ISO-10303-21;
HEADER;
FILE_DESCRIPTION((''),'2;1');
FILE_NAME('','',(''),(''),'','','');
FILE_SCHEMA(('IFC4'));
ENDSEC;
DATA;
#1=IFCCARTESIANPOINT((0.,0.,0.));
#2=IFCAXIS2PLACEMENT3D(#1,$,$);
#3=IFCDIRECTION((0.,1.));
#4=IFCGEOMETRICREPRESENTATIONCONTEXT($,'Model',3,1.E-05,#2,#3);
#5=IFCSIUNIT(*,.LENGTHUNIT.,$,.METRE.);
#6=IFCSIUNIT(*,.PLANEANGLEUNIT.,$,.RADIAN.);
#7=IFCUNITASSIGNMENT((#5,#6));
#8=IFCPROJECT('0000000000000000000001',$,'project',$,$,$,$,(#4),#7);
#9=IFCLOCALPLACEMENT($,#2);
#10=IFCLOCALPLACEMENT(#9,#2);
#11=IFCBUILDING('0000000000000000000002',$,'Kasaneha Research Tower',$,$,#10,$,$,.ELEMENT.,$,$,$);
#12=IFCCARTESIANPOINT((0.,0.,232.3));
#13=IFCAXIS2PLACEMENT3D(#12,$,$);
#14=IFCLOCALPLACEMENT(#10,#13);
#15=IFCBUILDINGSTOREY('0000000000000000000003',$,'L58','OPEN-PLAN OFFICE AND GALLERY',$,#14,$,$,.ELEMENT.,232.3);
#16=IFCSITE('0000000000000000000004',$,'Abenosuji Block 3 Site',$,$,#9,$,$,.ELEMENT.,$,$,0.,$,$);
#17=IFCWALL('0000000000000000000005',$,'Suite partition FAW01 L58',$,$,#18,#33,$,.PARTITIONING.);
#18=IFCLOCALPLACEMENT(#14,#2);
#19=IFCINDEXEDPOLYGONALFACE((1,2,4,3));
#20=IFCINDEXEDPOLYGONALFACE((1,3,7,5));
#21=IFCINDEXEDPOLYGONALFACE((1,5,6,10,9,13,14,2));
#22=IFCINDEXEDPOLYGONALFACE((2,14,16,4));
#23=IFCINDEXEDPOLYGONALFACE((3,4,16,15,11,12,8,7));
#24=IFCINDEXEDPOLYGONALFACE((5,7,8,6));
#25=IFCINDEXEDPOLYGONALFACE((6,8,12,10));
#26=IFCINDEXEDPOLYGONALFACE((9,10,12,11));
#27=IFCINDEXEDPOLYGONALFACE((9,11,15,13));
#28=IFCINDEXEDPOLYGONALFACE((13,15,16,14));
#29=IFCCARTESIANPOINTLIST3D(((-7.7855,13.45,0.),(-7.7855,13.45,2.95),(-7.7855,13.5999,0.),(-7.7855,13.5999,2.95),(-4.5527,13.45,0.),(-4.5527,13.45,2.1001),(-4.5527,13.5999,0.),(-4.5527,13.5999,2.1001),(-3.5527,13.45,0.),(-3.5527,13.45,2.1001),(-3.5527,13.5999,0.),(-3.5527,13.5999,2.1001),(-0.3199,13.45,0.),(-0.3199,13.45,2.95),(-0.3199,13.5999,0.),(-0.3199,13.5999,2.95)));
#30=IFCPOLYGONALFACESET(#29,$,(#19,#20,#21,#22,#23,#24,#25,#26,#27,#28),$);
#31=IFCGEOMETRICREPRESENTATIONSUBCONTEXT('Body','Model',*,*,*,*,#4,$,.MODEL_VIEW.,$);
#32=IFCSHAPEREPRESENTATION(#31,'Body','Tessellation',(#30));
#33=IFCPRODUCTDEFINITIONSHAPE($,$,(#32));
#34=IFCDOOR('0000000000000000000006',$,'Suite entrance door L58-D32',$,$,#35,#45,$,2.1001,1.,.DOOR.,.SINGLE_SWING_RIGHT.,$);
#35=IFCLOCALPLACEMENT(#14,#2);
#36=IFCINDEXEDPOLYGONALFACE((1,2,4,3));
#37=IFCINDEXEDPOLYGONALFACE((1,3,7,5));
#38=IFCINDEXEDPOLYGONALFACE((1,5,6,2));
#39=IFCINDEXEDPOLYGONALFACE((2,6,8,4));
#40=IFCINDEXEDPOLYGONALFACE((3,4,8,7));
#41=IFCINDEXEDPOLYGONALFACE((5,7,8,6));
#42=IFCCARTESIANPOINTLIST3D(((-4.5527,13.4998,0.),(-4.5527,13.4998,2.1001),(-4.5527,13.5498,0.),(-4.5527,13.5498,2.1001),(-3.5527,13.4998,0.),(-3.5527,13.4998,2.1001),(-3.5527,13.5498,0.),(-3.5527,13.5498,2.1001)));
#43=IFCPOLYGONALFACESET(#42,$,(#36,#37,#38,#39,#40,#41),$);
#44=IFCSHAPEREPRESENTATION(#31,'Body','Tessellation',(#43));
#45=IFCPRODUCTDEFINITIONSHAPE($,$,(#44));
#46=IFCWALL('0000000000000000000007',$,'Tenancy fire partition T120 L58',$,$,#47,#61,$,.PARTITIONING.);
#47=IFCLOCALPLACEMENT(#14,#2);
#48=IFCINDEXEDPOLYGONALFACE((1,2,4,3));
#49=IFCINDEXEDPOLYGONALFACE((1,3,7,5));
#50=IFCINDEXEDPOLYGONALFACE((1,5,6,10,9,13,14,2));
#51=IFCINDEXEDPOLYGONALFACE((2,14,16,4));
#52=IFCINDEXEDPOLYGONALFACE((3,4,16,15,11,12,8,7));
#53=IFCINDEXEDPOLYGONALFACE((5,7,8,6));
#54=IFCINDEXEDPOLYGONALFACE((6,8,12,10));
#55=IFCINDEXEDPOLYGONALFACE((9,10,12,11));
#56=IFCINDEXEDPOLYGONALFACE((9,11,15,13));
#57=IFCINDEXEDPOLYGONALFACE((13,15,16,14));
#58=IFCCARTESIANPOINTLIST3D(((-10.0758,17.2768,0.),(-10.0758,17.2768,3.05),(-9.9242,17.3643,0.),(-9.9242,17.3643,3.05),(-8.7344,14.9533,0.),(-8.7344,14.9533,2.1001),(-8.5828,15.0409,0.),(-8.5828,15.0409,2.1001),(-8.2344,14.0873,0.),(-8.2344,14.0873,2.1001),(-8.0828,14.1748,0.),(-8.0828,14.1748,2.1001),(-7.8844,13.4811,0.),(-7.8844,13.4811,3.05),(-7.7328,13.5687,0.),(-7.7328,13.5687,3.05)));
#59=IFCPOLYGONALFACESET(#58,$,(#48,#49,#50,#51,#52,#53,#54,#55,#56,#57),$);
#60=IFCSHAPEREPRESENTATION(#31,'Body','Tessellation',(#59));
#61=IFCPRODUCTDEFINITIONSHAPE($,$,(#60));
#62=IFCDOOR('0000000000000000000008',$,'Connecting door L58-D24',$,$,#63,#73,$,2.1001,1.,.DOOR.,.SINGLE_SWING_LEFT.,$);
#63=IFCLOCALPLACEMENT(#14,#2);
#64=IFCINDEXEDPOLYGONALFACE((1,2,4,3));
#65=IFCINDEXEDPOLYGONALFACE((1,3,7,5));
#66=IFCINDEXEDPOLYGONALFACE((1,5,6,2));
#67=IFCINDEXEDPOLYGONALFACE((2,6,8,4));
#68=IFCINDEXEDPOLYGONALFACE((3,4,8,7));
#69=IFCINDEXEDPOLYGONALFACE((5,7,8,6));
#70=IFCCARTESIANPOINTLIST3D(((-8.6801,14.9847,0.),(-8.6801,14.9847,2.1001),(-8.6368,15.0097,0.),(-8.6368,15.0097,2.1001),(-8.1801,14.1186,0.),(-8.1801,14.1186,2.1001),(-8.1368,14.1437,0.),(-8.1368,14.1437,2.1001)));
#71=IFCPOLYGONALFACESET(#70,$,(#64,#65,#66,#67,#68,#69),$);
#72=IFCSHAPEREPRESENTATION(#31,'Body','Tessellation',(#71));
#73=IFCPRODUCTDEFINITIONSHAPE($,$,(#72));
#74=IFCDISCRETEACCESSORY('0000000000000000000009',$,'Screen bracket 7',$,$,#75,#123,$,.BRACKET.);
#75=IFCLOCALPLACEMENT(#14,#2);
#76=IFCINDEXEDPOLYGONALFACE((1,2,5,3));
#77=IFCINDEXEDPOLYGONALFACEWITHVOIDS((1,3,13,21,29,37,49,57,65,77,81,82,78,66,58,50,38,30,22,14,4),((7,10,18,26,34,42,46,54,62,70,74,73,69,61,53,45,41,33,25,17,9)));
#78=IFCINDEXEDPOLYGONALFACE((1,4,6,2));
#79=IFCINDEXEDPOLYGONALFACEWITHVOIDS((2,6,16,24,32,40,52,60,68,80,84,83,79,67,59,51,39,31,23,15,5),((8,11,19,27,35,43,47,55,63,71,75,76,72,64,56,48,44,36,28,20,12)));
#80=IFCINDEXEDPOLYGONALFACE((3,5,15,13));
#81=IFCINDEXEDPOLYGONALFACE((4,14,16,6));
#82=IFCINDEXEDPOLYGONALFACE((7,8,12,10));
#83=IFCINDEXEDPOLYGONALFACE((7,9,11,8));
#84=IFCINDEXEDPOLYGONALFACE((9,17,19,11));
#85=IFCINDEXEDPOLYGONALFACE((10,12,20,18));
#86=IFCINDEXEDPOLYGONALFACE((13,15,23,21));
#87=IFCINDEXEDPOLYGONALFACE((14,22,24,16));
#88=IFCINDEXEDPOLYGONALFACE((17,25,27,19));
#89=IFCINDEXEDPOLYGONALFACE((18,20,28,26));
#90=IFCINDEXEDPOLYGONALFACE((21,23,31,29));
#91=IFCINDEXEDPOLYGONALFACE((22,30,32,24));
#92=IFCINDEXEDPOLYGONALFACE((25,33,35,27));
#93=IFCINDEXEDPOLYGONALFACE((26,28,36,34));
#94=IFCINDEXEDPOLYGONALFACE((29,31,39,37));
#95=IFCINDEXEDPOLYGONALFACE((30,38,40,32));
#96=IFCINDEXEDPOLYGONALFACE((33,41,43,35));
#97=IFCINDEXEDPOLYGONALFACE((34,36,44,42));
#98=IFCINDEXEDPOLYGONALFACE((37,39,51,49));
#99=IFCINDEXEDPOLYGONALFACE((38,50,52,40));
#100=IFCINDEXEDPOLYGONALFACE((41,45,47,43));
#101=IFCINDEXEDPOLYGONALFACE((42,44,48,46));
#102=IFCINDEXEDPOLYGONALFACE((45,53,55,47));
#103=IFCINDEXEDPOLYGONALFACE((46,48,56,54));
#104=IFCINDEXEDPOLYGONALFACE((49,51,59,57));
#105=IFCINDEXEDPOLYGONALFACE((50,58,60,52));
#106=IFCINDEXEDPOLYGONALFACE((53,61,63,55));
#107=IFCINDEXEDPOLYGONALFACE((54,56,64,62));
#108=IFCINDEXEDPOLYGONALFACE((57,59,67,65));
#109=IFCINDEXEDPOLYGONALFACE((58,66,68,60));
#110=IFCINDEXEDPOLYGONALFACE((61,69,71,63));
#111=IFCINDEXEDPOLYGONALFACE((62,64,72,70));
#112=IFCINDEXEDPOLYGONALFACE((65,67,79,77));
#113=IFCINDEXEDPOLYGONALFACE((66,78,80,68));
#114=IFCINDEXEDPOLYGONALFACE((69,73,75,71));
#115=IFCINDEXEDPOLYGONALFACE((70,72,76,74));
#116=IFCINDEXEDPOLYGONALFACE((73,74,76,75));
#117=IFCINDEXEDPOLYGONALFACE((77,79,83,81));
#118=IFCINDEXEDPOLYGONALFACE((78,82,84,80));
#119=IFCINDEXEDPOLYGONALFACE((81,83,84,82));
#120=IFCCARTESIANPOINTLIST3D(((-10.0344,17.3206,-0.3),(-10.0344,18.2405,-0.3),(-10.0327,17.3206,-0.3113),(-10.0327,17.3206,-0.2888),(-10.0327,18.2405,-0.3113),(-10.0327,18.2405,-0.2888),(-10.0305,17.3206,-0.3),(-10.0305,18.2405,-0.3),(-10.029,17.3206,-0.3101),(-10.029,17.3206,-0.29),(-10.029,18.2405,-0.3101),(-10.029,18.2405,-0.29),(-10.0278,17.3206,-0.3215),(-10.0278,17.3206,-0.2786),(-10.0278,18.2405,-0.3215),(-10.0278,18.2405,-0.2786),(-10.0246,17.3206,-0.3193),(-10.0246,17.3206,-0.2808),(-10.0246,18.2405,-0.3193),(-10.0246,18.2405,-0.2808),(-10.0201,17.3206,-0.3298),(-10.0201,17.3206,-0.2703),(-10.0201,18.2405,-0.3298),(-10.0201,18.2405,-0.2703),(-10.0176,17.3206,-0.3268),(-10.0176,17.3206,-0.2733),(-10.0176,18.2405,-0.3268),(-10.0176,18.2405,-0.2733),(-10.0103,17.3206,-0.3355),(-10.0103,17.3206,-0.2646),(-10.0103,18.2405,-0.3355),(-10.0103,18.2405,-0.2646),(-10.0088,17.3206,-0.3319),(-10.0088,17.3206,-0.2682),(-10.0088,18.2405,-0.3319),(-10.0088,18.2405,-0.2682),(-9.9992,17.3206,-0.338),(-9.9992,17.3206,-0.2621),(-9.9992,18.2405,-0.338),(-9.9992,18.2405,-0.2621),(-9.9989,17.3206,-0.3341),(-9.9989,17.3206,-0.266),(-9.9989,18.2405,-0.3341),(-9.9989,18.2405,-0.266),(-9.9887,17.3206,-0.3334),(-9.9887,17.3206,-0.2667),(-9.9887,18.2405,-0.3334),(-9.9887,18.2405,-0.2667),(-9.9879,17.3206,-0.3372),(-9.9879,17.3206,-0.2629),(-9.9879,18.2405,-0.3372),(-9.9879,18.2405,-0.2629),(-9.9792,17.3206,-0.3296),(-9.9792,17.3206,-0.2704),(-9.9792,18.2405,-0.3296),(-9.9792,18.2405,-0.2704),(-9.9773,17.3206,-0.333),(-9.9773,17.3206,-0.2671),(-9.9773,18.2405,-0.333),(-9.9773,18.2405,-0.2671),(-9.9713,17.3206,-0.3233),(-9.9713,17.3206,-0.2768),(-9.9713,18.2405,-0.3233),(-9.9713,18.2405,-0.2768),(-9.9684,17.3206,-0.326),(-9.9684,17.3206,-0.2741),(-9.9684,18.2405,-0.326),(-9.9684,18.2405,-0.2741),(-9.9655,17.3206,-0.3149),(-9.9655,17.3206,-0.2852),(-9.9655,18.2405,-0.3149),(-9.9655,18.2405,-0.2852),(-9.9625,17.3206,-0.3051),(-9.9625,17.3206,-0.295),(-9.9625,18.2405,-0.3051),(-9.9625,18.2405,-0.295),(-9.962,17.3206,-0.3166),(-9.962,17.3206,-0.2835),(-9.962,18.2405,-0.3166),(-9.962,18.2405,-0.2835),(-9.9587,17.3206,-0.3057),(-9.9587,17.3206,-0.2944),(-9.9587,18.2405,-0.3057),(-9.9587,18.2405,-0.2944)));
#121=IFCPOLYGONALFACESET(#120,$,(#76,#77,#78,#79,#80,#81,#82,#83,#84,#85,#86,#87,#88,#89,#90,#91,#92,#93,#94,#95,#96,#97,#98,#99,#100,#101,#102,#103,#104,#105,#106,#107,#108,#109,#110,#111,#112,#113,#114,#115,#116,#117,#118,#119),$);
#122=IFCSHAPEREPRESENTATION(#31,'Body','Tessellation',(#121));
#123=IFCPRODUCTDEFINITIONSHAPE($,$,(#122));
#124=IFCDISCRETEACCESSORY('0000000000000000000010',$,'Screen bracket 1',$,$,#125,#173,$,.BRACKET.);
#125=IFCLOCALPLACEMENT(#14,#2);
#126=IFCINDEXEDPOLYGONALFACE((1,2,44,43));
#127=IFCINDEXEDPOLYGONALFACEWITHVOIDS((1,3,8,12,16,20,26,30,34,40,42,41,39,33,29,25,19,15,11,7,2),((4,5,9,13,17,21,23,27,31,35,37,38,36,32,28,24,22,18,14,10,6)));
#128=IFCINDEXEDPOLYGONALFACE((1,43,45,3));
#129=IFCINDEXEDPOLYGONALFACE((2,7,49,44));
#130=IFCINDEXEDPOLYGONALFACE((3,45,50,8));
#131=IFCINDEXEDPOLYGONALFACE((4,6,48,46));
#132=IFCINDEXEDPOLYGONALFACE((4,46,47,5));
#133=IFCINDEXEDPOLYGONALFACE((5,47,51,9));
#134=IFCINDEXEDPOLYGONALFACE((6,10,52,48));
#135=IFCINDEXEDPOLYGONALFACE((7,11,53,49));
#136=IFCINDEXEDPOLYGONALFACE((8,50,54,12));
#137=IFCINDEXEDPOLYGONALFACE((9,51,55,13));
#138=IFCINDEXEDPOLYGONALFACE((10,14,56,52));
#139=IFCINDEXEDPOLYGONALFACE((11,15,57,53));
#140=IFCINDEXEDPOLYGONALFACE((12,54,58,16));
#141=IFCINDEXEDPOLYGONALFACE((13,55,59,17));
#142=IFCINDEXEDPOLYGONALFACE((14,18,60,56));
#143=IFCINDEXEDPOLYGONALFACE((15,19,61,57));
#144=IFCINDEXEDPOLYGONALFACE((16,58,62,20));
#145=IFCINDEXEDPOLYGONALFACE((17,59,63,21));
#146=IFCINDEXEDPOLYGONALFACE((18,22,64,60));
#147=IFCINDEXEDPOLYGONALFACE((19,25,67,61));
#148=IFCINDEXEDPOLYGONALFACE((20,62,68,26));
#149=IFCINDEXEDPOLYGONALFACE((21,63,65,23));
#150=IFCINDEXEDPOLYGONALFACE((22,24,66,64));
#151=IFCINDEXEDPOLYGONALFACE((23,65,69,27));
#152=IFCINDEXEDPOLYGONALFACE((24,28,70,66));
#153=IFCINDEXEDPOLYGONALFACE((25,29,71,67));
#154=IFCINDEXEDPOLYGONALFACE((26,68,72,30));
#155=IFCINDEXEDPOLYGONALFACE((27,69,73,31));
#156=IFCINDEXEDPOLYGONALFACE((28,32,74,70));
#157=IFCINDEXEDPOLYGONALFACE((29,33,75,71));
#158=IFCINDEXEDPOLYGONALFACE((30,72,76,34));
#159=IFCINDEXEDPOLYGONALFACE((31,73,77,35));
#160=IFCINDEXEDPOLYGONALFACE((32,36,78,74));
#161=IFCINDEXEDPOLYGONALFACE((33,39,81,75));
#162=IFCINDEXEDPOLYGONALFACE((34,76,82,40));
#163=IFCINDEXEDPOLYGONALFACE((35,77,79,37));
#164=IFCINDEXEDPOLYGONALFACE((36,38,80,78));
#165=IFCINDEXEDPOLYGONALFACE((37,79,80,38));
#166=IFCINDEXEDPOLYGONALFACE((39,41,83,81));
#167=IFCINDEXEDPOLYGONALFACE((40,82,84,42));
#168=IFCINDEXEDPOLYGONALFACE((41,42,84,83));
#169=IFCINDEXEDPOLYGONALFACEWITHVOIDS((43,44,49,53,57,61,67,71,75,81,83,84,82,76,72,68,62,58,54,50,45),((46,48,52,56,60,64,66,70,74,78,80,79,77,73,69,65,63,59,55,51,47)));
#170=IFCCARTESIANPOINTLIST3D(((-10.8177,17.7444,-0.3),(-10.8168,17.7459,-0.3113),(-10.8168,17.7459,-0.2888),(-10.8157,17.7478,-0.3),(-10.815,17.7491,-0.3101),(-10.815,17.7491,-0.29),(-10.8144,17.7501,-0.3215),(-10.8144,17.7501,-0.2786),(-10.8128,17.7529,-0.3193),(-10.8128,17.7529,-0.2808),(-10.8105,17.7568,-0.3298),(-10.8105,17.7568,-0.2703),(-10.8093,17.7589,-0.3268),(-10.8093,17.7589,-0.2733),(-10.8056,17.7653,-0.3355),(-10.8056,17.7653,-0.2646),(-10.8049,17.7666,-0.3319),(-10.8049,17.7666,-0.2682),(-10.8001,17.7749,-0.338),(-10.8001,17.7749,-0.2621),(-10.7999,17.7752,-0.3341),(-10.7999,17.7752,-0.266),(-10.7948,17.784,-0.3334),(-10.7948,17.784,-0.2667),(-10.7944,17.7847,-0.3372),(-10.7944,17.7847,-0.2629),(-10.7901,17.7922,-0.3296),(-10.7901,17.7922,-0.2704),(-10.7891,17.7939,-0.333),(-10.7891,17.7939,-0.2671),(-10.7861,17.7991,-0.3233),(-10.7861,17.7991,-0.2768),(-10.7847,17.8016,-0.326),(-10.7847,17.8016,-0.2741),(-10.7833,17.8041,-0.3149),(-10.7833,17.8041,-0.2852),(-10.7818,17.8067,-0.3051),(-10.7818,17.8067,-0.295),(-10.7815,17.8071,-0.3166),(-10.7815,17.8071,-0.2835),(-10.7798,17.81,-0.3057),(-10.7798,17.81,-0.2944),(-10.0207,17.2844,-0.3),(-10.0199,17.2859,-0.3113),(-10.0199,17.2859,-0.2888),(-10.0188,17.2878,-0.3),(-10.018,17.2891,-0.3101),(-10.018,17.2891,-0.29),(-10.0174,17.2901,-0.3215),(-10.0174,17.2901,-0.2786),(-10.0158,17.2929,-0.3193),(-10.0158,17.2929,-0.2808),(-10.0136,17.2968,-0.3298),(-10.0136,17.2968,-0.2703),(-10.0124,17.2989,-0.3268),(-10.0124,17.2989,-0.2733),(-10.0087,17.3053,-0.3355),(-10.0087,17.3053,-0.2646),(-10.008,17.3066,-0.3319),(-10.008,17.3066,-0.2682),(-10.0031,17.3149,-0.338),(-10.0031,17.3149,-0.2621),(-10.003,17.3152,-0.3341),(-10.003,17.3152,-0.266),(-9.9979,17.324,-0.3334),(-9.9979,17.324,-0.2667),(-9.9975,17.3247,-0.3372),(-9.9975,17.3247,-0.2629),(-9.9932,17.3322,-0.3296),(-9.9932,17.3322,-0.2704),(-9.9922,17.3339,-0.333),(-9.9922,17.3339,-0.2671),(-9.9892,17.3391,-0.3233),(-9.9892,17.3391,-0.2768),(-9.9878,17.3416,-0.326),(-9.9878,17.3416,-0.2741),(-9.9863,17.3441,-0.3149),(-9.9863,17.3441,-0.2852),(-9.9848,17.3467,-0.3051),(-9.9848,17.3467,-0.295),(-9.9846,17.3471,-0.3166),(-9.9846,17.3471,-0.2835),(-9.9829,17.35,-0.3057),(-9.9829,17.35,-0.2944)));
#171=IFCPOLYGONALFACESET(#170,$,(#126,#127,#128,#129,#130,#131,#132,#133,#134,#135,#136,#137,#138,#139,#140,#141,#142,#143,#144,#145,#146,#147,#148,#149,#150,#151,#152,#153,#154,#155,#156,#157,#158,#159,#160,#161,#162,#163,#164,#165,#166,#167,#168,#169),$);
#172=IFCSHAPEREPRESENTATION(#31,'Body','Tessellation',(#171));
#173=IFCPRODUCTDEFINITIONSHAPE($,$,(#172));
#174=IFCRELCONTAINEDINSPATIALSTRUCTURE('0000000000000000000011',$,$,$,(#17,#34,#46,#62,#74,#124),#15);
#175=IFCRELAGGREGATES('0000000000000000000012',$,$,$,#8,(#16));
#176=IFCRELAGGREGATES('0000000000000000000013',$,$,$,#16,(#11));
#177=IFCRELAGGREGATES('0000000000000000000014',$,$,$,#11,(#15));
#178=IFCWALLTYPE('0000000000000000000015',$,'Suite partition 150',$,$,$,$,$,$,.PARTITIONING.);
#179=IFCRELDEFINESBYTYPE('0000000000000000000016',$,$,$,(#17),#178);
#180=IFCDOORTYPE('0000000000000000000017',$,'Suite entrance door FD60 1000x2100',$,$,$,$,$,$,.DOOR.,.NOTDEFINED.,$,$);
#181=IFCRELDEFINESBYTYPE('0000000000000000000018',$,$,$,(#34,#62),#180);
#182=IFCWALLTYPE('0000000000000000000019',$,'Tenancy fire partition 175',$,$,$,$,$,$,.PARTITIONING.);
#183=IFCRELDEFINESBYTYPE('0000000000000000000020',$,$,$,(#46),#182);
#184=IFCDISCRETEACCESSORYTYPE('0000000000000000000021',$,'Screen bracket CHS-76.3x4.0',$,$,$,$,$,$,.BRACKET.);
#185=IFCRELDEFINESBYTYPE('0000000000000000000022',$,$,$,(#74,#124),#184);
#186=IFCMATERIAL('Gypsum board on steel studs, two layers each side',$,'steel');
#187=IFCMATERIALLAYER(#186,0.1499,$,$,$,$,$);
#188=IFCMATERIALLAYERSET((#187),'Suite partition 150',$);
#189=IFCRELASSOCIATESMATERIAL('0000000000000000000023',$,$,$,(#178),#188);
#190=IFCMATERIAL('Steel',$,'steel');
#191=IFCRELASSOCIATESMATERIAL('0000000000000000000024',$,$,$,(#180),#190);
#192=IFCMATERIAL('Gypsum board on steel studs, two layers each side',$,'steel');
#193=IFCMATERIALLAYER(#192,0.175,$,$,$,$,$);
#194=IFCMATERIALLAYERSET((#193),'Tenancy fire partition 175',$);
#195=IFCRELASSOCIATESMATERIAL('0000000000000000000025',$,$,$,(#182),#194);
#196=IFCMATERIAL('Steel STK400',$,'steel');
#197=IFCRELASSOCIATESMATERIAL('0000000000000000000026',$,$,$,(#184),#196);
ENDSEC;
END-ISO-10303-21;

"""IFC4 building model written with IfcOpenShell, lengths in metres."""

from ifc_helpers import new_model, si_unit, direction, frame, frame_2d, origin, origin_2d, place, context, subcontext, project, spatial, rectangle, hollow_circle, extrude, material, layer, layer_set, material_profile, profile_set, type_object, element, fill, save


model = new_model("IFC4")

# Units and contexts
model_context = context("Model", 3, precision=1e-05, world=origin(), true_north=direction((0.0, 1.0)))
body_context = subcontext(model_context, "Body", "Model", "MODEL_VIEW")
ifc_project = project(units=[si_unit("LENGTHUNIT", "METRE"), si_unit("PLANEANGLEUNIT", "RADIAN")], contexts=[model_context])

# Site, building, storey
site_placement = place(None, origin())
site = spatial("IfcSite", under=ifc_project, at=site_placement, Name="Abenosuji Block 3 Site", CompositionType="ELEMENT", RefElevation=0.0)
building_placement = place(site_placement, origin())
building = spatial("IfcBuilding", under=site, at=building_placement, Name="Kasaneha Research Tower", CompositionType="ELEMENT")
storey_placement = place(building_placement, frame((0.0, 0.0, 232.3)))
storey = spatial("IfcBuildingStorey", under=building, at=storey_placement, Name="L58", Description="OPEN-PLAN OFFICE AND GALLERY", CompositionType="ELEMENT", Elevation=232.3)

# Walls, openings, doors
ifc_material_1 = material(Name="Gypsum board on steel studs, two layers each side", Category="steel")
ifc_layer_1 = layer(ifc_material_1, 0.1499)
ifc_layer_set_1 = layer_set([ifc_layer_1], Name="Suite partition 150")
wall_type_1 = type_object("IfcWallType", Name="Suite partition 150", PredefinedType="PARTITIONING", material=ifc_layer_set_1)
wall_1_placement = place(storey_placement, frame((-7.7856, 13.5249, 0.0), z_axis=(0.0, 0.0, 1.0), x_axis=(1.0, 0.0, 0.0)))
wall_1 = element("IfcWall", 1, at=wall_1_placement, inside=storey, type_object=wall_type_1, Name="Suite partition FAW01 L58", PredefinedType="PARTITIONING", context=body_context, shape_type="SweptSolid", body=[
    extrude(rectangle(XDim=7.4656, YDim=0.1499, at=frame_2d((3.7329, 0.0))), origin(), (0.0, 0.0, 1.0), 2.95),
])
opening_1_placement = place(wall_1_placement, frame((3.2329, 0.0, 0.0)))
opening_1 = element("IfcOpeningElement", 2, at=opening_1_placement, cuts=wall_1, PredefinedType="OPENING", context=body_context, shape_type="SweptSolid", body=[
    extrude(rectangle(XDim=1.0, YDim=2.1001, at=frame_2d((0.5, 1.05))), frame((0.0, 0.085, 0.0), z_axis=(0.0, -1.0, 0.0), x_axis=(1.0, 0.0, 0.0)), (0.0, 0.0, 1.0), 0.1699),
])
ifc_material_2 = material(Name="Steel", Category="steel")
door_type_1 = type_object("IfcDoorType", Name="Suite entrance door FD60 1000x2100", OperationType="NOTDEFINED", PredefinedType="DOOR", material=ifc_material_2)
door_1_placement = place(opening_1_placement, origin())
door_1 = element("IfcDoor", 3, at=door_1_placement, inside=storey, type_object=door_type_1, Name="Suite entrance door L58-D32", OperationType="SINGLE_SWING_RIGHT", OverallHeight=2.1001, OverallWidth=1.0, PredefinedType="DOOR", context=body_context, shape_type="SweptSolid", body=[
    extrude(rectangle(XDim=1.0, YDim=2.1001, at=frame_2d((0.5, 1.05))), frame((0.0, 0.0249, 0.0), z_axis=(0.0, -1.0, 0.0), x_axis=(1.0, 0.0, 0.0)), (0.0, 0.0, 1.0), 0.05),
])
fill(opening_1, door_1)
ifc_material_3 = material(Name="Gypsum board on steel studs, two layers each side", Category="steel")
ifc_layer_2 = layer(ifc_material_3, 0.175)
ifc_layer_set_2 = layer_set([ifc_layer_2], Name="Tenancy fire partition 175")
wall_type_2 = type_object("IfcWallType", Name="Tenancy fire partition 175", PredefinedType="PARTITIONING", material=ifc_layer_set_2)
wall_2_placement = place(storey_placement, frame((-7.8086, 13.5249, 0.0), z_axis=(0.0, 0.0, 1.0), x_axis=(-0.499997, 0.866027, 0.0)))
wall_2 = element("IfcWall", 4, at=wall_2_placement, inside=storey, type_object=wall_type_2, Name="Tenancy fire partition T120 L58", PredefinedType="PARTITIONING", context=body_context, shape_type="SweptSolid", body=[
    extrude(rectangle(XDim=4.3828, YDim=0.175, at=frame_2d((2.1914, 0.0))), origin(), (0.0, 0.0, 1.0), 3.05),
])
opening_2_placement = place(wall_2_placement, frame((0.7, 0.0, 0.0)))
opening_2 = element("IfcOpeningElement", 5, at=opening_2_placement, cuts=wall_2, PredefinedType="OPENING", context=body_context, shape_type="SweptSolid", body=[
    extrude(rectangle(XDim=1.0, YDim=2.1001, at=frame_2d((0.5, 1.05))), frame((0.0, 0.0977, 0.0), z_axis=(0.0, -1.0, 0.0), x_axis=(1.0, 0.0, 0.0)), (0.0, 0.0, 1.0), 0.1951),
])
door_2_placement = place(opening_2_placement, origin())
door_2 = element("IfcDoor", 6, at=door_2_placement, inside=storey, type_object=door_type_1, Name="Connecting door L58-D24", OperationType="SINGLE_SWING_LEFT", OverallHeight=2.1001, OverallWidth=1.0, PredefinedType="DOOR", context=body_context, shape_type="SweptSolid", body=[
    extrude(rectangle(XDim=1.0, YDim=2.1001, at=frame_2d((0.5, 1.05))), frame((0.0, 0.0249, 0.0), z_axis=(0.0, -1.0, 0.0), x_axis=(1.0, 0.0, 0.0)), (0.0, 0.0, 1.0), 0.05),
])
fill(opening_2, door_2)

# Discrete accessories
ifc_material_4 = material(Name="Steel STK400", Category="steel")
ifc_material_profile_1 = material_profile(ifc_material_4, hollow_circle(Radius=0.0381, WallThickness=0.0039, at=origin_2d()), Name="CHS-76.3x4.0")
ifc_profile_set_1 = profile_set([ifc_material_profile_1], Name="Steel STK400")
discrete_accessory_type = type_object("IfcDiscreteAccessoryType", Name="Screen bracket CHS-76.3x4.0", PredefinedType="BRACKET", material=ifc_profile_set_1)
discrete_accessory_1_placement = place(storey_placement, frame((-9.9963, 17.3206, -0.3), z_axis=(0.0, 1.0, 0.0), x_axis=(-1.0, 0.0, 0.0)))
element("IfcDiscreteAccessory", 7, at=discrete_accessory_1_placement, inside=storey, type_object=discrete_accessory_type, Name="Screen bracket 7", PredefinedType="BRACKET", context=body_context, shape_type="SweptSolid", body=[
    extrude(hollow_circle(Radius=0.0381, WallThickness=0.0039, at=origin_2d()), origin(), (0.0, 0.0, 1.0), 0.9199),
])
discrete_accessory_2_placement = place(storey_placement, frame((-10.0017, 17.3174, -0.3), z_axis=(-0.86608, 0.499906, 0.0), x_axis=(-0.499906, -0.86608, 0.0)))
element("IfcDiscreteAccessory", 8, at=discrete_accessory_2_placement, inside=storey, type_object=discrete_accessory_type, Name="Screen bracket 1", PredefinedType="BRACKET", context=body_context, shape_type="SweptSolid", body=[
    extrude(hollow_circle(Radius=0.0381, WallThickness=0.0039, at=origin_2d()), origin(), (0.0, 0.0, 1.0), 0.9202),
])

save(model, "model.ifc")
